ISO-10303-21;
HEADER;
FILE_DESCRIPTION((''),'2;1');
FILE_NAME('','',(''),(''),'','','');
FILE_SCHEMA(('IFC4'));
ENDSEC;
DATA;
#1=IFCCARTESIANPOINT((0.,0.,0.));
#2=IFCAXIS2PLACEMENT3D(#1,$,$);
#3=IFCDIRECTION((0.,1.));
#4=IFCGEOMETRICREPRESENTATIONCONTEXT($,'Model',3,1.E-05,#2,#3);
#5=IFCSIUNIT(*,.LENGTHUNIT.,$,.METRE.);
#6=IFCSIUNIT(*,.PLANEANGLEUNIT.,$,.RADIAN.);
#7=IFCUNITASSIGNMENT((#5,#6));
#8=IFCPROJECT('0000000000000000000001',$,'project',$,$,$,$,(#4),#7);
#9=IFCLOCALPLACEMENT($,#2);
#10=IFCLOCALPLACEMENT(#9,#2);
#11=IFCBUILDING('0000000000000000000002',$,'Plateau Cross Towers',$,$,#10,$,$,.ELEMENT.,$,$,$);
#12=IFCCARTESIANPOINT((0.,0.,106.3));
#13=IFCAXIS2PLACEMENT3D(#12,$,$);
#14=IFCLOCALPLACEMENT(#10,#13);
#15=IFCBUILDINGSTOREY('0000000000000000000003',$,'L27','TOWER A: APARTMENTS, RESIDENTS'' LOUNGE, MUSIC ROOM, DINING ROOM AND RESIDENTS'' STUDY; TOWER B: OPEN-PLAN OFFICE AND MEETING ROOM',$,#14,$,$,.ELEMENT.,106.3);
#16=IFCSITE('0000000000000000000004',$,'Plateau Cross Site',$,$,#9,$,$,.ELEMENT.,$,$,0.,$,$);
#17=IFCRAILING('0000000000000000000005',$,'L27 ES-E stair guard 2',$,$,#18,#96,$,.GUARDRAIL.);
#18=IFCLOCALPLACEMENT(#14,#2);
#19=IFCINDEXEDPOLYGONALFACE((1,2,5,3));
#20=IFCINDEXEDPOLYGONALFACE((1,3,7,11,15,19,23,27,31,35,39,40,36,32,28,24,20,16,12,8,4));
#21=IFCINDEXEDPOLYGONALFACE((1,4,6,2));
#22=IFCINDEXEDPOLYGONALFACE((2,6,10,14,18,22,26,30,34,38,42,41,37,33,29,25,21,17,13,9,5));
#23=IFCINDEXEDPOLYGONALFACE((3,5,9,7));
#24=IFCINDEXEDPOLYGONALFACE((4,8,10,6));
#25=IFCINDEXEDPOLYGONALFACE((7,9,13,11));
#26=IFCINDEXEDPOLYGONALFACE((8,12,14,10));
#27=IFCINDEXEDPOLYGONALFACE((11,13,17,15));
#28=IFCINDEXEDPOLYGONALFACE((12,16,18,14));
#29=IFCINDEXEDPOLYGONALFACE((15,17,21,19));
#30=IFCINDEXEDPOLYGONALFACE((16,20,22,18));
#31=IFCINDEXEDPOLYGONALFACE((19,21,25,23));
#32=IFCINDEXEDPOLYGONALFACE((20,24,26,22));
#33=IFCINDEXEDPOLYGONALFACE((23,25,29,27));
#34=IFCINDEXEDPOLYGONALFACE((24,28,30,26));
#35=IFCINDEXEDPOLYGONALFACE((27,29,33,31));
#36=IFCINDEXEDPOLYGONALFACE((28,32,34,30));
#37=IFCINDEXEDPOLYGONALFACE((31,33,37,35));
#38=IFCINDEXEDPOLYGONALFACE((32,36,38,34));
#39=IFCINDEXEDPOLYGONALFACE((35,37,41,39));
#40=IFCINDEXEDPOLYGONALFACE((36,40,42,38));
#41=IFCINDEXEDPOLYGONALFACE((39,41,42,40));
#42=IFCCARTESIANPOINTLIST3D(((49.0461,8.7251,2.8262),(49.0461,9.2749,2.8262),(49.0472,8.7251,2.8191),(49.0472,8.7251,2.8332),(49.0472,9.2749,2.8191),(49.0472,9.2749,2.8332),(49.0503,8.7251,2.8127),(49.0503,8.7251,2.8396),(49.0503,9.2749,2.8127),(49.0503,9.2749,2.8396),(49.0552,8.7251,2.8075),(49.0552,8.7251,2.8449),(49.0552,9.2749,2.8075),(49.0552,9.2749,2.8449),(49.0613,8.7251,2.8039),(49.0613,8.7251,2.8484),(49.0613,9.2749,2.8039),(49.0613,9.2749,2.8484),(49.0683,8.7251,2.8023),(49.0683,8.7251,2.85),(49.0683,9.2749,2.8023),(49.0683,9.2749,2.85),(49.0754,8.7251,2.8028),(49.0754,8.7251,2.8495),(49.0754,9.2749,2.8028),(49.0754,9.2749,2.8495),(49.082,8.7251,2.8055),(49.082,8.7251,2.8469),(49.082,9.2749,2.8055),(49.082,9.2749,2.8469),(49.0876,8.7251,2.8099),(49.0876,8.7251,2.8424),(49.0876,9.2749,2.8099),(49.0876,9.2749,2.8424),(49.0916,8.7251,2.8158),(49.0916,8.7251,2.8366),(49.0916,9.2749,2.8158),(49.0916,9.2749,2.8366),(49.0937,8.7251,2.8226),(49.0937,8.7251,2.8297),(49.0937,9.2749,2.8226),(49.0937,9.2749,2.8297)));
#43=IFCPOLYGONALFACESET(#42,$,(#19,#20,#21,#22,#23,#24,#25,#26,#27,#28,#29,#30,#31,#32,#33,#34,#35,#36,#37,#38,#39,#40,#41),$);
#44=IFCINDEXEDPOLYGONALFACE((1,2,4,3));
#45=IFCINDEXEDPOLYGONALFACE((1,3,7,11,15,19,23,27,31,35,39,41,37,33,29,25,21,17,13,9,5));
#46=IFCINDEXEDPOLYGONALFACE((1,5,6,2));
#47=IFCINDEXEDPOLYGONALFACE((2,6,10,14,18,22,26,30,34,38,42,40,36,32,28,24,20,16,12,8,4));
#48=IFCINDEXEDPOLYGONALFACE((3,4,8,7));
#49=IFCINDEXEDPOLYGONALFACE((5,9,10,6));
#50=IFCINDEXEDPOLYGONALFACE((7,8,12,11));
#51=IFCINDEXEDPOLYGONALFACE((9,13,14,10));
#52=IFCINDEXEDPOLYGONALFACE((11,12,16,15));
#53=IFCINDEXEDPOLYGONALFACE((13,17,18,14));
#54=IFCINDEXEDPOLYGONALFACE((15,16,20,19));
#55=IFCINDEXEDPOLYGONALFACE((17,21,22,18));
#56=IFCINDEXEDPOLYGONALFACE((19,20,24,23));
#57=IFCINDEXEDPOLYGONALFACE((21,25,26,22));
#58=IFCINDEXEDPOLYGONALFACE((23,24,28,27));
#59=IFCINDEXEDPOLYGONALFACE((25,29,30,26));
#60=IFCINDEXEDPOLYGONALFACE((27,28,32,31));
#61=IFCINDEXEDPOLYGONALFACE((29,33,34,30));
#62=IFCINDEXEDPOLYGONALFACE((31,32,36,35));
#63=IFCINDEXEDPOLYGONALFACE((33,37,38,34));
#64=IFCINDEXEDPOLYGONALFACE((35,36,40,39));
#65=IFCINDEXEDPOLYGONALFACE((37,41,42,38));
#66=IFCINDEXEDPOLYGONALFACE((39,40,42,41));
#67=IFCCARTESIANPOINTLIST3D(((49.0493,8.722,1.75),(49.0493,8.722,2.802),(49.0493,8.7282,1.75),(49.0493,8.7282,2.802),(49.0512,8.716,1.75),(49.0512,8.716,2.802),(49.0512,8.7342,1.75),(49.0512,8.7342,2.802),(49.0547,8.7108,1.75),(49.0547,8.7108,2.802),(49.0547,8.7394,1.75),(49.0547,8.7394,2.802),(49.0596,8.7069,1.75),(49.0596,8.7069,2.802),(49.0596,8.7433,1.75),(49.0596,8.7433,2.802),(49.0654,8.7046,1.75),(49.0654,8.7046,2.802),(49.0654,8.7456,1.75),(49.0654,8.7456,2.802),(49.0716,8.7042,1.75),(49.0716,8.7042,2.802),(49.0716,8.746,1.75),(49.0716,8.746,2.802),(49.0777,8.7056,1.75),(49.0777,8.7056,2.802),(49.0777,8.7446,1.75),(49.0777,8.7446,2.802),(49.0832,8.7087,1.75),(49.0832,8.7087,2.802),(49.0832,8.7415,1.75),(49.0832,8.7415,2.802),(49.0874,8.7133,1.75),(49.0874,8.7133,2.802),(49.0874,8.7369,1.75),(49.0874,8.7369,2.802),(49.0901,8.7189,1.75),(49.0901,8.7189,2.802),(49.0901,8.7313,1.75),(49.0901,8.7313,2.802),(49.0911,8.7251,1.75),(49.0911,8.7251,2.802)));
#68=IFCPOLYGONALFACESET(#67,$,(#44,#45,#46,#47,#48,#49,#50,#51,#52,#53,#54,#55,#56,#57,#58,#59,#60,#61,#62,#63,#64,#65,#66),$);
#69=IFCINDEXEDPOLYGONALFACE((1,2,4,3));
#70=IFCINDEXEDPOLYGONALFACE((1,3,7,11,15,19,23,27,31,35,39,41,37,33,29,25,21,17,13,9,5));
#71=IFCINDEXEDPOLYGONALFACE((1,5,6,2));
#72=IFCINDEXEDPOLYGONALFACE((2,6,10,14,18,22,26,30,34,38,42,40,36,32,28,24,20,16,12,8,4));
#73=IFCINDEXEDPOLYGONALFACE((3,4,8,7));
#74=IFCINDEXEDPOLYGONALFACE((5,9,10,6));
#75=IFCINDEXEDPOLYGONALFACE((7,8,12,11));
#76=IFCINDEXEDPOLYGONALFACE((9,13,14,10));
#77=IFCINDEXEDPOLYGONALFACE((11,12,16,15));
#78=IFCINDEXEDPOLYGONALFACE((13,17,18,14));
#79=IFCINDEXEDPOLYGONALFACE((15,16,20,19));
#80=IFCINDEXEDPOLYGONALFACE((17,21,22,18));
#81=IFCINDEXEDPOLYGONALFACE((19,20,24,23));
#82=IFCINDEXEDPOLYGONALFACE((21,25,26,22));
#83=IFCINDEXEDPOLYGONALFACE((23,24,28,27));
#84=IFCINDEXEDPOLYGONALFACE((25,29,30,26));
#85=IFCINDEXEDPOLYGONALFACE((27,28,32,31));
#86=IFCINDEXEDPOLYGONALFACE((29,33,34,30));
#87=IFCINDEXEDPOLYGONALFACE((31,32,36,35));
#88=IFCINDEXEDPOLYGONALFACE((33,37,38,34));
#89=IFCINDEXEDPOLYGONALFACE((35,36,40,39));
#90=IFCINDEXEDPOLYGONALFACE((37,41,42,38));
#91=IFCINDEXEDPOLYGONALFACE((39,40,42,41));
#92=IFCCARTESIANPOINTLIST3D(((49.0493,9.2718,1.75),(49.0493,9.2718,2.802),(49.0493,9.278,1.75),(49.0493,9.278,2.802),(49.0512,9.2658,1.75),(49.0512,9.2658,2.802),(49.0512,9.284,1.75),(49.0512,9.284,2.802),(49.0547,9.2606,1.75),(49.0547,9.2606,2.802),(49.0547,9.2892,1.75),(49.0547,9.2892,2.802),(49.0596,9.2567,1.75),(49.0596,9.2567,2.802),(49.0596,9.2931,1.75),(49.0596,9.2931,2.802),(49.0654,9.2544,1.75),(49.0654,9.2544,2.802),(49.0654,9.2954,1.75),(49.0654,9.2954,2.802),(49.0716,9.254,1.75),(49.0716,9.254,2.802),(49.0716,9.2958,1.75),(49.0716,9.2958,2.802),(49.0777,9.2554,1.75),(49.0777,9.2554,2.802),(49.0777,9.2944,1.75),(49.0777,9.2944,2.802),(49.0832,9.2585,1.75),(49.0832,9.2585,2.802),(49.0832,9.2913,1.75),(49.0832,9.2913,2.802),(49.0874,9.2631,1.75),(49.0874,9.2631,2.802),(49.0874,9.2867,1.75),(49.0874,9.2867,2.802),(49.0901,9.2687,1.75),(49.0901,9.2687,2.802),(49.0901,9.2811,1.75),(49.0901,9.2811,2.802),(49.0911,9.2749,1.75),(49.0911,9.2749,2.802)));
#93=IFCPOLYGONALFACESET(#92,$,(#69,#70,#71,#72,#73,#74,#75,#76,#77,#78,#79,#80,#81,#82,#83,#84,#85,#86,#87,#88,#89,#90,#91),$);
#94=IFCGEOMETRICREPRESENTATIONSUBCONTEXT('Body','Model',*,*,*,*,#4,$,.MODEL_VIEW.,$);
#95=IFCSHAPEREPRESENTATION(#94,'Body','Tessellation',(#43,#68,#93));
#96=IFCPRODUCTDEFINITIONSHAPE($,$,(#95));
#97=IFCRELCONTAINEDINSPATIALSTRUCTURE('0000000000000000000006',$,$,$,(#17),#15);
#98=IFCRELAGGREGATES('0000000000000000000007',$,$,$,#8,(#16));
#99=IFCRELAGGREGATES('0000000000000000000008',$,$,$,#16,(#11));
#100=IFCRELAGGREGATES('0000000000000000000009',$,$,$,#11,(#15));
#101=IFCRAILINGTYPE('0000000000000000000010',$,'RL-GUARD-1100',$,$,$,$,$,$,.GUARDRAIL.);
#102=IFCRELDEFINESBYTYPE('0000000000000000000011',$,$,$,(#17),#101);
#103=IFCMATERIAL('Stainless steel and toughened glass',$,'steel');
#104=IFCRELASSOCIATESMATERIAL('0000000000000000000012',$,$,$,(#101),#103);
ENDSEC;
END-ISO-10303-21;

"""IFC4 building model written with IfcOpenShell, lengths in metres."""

from ifc_helpers import new_model, si_unit, direction, frame, origin, origin_2d, place, context, subcontext, project, spatial, circle, extrude, material, type_object, element, save


model = new_model("IFC4")

# Units and contexts
model_context = context("Model", 3, precision=1e-05, world=origin(), true_north=direction((0.0, 1.0)))
body_context = subcontext(model_context, "Body", "Model", "MODEL_VIEW")
ifc_project = project(units=[si_unit("LENGTHUNIT", "METRE"), si_unit("PLANEANGLEUNIT", "RADIAN")], contexts=[model_context])

# Site, building, storey
site_placement = place(None, origin())
site = spatial("IfcSite", under=ifc_project, at=site_placement, Name="Plateau Cross Site", CompositionType="ELEMENT", RefElevation=0.0)
building_placement = place(site_placement, origin())
building = spatial("IfcBuilding", under=site, at=building_placement, Name="Plateau Cross Towers", CompositionType="ELEMENT")
storey_placement = place(building_placement, frame((0.0, 0.0, 106.3)))
storey = spatial("IfcBuildingStorey", under=building, at=storey_placement, Name="L27", Description="TOWER A: APARTMENTS, RESIDENTS' LOUNGE, MUSIC ROOM, DINING ROOM AND RESIDENTS' STUDY; TOWER B: OPEN-PLAN OFFICE AND MEETING ROOM", CompositionType="ELEMENT", Elevation=106.3)

# Railing
ifc_material_1 = material(Name="Stainless steel and toughened glass", Category="steel")
railing_type_1 = type_object("IfcRailingType", Name="RL-GUARD-1100", PredefinedType="GUARDRAIL", material=ifc_material_1)
railing_1_placement = place(storey_placement, frame((49.0701, 8.7251, 1.75)))
element("IfcRailing", 1, at=railing_1_placement, inside=storey, type_object=railing_type_1, Name="L27 ES-E stair guard 2", PredefinedType="GUARDRAIL", context=body_context, shape_type="SweptSolid", body=[
    extrude(circle(Radius=0.0239, at=origin_2d()), frame((0.0, 0.0, 1.0762), z_axis=(0.0, 1.0, 0.0), x_axis=(-1.0, 0.0, 0.0)), (0.0, 0.0, 1.0), 0.5498),
    extrude(circle(Radius=0.021, at=origin_2d()), origin(), (0.0, 0.0, 1.0), 1.052),
    extrude(circle(Radius=0.021, at=origin_2d()), frame((0.0, 0.5498, 0.0)), (0.0, 0.0, 1.0), 1.052),
])

save(model, "model.ifc")
